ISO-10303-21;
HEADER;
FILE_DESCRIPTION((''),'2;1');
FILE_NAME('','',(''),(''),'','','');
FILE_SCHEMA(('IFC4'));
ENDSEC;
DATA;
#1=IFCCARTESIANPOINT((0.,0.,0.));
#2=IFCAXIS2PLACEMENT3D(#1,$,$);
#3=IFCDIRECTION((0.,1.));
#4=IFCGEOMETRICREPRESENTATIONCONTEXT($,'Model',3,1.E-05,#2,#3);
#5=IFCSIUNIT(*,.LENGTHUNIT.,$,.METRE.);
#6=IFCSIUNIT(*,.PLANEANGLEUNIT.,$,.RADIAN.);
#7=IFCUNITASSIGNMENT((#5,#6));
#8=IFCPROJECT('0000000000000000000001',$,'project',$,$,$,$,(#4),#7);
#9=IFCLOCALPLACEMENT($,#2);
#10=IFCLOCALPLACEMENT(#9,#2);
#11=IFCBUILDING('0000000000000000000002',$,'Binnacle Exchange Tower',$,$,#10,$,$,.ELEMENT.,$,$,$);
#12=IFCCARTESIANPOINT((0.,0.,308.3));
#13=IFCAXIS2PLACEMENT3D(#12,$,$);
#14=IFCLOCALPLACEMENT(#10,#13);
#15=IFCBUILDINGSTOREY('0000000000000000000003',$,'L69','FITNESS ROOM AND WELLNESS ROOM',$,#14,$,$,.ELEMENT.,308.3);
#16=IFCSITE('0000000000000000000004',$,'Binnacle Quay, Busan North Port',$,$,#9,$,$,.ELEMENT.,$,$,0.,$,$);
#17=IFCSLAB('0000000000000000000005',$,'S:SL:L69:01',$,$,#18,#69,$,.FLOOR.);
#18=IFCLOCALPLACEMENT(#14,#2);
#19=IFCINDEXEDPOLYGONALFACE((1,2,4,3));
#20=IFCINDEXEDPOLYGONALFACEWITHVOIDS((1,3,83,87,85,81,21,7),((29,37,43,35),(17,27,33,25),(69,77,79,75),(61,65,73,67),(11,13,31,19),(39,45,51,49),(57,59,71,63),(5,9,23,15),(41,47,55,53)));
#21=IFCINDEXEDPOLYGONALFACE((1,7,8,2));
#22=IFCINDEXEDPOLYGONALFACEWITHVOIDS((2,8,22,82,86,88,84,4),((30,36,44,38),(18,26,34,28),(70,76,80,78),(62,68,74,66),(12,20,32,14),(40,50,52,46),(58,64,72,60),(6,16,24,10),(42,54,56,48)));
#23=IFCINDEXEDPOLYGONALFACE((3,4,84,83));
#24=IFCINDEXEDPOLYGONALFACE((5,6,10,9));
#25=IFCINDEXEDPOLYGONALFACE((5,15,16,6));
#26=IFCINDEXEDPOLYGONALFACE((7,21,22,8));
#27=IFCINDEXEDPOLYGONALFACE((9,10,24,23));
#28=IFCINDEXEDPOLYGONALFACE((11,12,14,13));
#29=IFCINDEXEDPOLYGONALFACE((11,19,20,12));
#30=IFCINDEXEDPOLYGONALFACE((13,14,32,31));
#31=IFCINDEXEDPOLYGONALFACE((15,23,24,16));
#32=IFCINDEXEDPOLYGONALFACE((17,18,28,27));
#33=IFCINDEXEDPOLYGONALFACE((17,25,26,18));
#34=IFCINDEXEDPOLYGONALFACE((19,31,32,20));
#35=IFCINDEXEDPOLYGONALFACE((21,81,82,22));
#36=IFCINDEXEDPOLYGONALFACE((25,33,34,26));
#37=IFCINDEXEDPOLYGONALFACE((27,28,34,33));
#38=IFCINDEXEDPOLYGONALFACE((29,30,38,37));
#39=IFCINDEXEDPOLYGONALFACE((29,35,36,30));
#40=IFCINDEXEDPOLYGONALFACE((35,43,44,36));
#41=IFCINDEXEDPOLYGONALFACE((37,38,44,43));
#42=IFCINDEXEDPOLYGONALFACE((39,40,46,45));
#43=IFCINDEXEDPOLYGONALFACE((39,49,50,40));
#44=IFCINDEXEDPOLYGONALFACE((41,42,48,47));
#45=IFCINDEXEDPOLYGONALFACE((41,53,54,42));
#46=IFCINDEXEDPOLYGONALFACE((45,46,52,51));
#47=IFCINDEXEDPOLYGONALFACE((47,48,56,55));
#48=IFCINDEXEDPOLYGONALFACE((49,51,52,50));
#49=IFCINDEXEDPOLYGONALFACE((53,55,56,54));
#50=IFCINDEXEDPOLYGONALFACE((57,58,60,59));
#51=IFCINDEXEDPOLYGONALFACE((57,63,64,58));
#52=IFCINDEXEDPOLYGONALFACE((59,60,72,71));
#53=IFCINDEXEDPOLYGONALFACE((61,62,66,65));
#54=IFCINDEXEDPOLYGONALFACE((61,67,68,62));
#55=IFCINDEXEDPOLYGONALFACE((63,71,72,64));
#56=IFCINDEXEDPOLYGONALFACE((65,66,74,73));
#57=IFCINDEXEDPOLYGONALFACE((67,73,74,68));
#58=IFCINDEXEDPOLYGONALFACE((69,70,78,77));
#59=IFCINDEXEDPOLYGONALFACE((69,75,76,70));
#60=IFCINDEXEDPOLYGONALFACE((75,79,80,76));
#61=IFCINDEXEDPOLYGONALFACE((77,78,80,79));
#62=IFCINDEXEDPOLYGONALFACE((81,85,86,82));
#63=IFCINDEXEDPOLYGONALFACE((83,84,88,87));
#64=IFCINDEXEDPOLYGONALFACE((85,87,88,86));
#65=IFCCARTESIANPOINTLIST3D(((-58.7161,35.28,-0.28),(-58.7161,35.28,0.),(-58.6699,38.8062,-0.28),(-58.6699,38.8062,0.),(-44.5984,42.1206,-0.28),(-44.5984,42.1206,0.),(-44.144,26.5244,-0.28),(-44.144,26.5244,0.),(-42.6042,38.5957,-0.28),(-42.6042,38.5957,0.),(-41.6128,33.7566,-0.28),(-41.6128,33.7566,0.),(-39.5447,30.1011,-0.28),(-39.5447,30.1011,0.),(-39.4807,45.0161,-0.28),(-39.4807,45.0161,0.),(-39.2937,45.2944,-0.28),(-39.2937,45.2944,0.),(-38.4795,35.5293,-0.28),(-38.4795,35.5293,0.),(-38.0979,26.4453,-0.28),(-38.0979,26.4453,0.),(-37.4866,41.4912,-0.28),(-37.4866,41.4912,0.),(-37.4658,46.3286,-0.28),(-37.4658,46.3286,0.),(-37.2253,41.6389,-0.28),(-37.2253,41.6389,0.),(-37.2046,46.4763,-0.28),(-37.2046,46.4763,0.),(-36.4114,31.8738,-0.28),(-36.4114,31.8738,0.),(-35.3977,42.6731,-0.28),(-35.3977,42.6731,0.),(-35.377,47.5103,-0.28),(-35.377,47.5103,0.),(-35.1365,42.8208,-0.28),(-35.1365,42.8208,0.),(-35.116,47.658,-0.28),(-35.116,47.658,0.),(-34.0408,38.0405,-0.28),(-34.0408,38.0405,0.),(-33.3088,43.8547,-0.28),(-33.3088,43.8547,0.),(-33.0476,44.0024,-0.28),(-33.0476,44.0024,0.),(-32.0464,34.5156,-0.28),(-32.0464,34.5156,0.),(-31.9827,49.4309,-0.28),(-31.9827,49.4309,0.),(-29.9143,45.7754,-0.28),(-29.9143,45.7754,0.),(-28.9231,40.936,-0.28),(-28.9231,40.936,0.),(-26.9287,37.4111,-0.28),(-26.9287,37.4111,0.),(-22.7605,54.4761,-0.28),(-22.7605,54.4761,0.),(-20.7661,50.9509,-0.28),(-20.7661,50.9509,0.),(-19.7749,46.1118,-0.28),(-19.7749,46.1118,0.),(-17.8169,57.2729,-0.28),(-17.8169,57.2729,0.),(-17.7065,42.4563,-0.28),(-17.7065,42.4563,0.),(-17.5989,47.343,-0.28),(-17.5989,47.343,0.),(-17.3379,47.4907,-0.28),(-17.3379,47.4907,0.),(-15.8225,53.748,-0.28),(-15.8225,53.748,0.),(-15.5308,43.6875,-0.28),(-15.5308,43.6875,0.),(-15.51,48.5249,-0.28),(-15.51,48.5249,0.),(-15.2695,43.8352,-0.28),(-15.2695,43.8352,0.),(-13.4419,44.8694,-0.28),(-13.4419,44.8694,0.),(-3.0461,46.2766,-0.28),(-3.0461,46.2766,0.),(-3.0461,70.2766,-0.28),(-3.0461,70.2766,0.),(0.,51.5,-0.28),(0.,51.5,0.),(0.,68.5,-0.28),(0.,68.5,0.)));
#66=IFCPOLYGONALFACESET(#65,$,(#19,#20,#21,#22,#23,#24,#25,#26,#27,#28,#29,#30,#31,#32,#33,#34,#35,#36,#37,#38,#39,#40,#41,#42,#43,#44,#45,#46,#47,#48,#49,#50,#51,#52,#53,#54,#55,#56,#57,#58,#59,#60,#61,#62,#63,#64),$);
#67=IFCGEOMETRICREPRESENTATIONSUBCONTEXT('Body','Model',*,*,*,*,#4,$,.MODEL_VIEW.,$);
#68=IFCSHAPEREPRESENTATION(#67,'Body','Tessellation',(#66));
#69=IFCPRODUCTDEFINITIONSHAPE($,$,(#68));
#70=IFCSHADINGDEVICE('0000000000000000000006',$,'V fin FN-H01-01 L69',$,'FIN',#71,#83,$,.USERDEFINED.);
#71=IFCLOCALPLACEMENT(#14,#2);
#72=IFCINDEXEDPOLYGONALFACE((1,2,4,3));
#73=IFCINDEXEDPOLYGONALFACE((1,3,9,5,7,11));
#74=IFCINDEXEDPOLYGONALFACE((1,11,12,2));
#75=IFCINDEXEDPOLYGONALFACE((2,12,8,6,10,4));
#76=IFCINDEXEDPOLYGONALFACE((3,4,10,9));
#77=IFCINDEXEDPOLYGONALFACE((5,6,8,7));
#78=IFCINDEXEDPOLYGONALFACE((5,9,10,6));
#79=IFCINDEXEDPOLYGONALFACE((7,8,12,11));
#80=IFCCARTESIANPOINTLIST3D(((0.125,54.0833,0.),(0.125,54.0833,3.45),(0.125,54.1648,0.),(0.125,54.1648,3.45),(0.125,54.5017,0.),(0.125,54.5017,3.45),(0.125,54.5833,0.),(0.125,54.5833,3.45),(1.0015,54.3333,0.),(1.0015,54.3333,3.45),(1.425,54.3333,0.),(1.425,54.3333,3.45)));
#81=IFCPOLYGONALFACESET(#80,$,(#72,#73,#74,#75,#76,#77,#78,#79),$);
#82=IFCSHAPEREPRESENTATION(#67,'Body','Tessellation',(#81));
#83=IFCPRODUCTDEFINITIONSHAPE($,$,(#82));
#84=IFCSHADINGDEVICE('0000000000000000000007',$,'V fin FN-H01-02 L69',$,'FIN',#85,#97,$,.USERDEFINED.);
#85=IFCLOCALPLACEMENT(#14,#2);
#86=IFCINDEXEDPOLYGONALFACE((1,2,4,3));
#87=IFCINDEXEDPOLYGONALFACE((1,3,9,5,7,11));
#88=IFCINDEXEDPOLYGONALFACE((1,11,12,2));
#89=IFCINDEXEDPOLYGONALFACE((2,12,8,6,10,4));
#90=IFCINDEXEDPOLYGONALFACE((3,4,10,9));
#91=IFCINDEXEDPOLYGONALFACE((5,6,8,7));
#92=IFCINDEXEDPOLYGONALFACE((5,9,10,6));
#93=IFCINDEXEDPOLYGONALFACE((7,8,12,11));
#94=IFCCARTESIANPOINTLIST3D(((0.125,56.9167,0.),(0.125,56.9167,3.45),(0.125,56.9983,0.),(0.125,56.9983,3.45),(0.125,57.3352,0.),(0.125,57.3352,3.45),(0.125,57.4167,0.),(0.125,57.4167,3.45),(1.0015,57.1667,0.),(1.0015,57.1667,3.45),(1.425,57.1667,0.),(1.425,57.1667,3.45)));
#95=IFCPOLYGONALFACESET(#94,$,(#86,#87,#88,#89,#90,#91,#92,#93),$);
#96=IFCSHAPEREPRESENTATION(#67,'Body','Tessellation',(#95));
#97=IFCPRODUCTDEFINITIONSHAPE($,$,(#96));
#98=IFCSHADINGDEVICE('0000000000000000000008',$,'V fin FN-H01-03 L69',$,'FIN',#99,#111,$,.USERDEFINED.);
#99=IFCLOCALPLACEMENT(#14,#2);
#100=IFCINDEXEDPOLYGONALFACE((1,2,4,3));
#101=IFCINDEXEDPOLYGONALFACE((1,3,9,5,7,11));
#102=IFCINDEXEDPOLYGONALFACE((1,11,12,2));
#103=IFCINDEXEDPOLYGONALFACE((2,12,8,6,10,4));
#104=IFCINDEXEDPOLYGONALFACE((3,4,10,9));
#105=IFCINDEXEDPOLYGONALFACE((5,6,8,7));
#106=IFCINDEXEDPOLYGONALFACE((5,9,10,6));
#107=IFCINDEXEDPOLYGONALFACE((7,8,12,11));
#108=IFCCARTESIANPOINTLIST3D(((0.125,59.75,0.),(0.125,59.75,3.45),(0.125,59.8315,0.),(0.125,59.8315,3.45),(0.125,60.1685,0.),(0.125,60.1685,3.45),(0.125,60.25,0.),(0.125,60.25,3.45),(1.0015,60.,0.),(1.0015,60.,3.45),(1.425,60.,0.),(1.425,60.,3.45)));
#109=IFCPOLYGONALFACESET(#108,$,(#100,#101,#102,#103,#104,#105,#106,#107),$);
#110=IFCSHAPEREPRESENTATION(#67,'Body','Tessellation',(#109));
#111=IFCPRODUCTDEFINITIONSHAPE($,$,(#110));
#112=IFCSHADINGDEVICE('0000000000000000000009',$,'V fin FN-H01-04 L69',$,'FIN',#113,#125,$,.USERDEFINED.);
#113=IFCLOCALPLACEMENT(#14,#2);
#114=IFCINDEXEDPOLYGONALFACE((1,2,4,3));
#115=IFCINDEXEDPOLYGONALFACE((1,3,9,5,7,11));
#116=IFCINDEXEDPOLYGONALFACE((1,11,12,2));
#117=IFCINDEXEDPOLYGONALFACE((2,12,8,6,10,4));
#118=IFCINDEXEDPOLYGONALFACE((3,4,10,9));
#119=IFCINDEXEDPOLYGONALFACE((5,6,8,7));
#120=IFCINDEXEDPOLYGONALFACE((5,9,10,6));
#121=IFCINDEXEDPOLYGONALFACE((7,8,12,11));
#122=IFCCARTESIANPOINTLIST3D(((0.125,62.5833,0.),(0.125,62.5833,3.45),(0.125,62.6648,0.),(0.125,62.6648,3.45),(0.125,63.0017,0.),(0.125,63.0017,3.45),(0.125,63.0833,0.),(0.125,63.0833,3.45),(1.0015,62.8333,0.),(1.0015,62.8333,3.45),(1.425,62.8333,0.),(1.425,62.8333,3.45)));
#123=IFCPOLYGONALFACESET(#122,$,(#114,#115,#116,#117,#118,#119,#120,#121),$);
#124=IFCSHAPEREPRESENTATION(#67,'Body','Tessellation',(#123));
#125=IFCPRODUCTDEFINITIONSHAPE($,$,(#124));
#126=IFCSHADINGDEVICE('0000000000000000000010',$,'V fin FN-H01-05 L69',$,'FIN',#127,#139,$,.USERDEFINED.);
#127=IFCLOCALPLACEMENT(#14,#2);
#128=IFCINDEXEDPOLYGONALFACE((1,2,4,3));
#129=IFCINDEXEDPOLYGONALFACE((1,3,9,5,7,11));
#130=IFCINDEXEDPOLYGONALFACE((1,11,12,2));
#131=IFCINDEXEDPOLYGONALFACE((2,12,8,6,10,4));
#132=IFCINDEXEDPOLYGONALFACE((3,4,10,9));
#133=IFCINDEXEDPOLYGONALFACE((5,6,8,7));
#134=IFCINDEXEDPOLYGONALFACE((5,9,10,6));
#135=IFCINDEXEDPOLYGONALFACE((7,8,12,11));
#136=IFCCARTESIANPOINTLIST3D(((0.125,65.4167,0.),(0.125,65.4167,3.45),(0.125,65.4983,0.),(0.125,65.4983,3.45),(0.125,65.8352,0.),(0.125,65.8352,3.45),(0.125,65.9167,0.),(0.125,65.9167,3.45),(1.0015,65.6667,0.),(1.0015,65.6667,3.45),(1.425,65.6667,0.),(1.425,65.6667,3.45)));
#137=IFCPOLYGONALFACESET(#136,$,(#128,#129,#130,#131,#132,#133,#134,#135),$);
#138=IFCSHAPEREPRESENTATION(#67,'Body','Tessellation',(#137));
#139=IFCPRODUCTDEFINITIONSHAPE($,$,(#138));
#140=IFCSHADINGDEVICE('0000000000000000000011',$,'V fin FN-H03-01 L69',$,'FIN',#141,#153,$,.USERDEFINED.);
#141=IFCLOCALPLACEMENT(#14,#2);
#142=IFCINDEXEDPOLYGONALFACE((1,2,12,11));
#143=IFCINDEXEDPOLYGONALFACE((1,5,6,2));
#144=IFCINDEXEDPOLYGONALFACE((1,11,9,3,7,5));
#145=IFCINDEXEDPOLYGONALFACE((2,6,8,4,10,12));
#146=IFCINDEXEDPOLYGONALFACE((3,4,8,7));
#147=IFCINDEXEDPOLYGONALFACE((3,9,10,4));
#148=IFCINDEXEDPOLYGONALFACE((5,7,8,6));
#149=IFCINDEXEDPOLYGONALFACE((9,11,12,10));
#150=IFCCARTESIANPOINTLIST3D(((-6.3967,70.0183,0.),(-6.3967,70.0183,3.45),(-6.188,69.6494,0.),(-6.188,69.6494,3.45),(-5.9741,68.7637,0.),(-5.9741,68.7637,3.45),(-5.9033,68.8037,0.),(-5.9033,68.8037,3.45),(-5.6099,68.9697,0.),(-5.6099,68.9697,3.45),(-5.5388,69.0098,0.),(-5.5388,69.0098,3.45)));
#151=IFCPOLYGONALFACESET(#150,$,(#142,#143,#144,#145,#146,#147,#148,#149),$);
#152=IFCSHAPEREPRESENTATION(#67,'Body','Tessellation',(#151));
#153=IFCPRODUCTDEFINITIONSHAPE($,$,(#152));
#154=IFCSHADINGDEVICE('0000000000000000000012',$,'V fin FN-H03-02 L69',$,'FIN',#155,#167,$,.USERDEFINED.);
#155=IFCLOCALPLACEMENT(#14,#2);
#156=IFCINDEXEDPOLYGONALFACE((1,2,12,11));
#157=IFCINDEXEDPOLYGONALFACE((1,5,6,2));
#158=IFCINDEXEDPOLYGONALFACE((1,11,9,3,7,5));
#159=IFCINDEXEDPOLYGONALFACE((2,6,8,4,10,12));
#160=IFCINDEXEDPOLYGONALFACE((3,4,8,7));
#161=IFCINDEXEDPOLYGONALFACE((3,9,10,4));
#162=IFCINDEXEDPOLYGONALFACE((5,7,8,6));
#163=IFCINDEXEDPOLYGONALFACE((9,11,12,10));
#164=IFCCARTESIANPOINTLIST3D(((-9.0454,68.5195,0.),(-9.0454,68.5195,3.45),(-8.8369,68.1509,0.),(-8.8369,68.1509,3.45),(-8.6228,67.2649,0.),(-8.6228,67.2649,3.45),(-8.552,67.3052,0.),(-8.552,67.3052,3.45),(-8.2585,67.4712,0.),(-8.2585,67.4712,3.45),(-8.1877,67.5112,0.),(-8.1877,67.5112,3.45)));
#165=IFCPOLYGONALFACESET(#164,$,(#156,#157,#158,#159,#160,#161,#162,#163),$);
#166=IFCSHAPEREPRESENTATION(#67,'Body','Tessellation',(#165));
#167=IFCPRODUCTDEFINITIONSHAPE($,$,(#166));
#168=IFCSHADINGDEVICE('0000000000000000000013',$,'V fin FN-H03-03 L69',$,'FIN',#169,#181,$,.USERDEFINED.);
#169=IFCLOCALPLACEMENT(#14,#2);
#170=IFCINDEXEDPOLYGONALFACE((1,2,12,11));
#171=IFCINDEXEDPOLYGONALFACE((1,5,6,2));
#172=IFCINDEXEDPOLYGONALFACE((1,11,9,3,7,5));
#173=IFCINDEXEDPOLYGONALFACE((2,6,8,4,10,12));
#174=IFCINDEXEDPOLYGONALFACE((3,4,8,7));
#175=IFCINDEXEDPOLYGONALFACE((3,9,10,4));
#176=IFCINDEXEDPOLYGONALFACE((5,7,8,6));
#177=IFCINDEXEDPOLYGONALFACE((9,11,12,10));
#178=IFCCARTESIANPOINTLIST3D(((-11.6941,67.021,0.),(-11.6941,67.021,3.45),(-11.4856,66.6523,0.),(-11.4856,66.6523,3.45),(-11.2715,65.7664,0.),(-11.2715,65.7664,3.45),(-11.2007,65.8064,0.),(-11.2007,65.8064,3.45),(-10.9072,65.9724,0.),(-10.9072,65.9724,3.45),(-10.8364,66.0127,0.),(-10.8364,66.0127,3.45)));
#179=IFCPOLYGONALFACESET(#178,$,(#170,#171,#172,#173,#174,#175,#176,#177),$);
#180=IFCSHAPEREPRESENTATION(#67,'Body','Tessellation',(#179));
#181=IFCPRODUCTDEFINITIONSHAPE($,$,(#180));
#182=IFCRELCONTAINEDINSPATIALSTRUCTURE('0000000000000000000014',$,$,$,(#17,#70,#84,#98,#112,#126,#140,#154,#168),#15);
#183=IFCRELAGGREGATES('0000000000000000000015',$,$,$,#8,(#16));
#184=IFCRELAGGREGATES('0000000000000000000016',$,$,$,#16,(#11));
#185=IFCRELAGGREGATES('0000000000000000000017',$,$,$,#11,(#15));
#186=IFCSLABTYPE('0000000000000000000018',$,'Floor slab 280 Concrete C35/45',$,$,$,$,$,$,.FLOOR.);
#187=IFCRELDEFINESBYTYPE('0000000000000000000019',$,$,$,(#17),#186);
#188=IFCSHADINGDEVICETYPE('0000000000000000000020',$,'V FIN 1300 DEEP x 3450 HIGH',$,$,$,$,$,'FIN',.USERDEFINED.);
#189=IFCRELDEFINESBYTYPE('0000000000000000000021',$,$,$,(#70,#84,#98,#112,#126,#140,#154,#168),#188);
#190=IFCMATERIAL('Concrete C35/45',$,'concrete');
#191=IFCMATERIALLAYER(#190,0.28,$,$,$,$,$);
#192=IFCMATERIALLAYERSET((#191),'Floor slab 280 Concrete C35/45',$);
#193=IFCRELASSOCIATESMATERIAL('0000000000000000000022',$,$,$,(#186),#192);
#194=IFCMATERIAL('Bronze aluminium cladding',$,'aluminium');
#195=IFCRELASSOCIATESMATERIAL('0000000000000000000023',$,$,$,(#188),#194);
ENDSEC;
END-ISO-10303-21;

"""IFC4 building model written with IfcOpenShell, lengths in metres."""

from ifc_helpers import new_model, si_unit, direction, frame, origin, place, context, subcontext, project, spatial, polyline, outline, extrude, material, layer, layer_set, type_object, element, save


model = new_model("IFC4")

# Units and contexts
model_context = context("Model", 3, precision=1e-05, world=origin(), true_north=direction((0.0, 1.0)))
body_context = subcontext(model_context, "Body", "Model", "MODEL_VIEW")
ifc_project = project(units=[si_unit("LENGTHUNIT", "METRE"), si_unit("PLANEANGLEUNIT", "RADIAN")], contexts=[model_context])

# Site, building, storey
site_placement = place(None, origin())
site = spatial("IfcSite", under=ifc_project, at=site_placement, Name="Binnacle Quay, Busan North Port", CompositionType="ELEMENT", RefElevation=0.0)
building_placement = place(site_placement, origin())
building = spatial("IfcBuilding", under=site, at=building_placement, Name="Binnacle Exchange Tower", CompositionType="ELEMENT")
storey_placement = place(building_placement, frame((0.0, 0.0, 308.3)))
storey = spatial("IfcBuildingStorey", under=building, at=storey_placement, Name="L69", Description="FITNESS ROOM AND WELLNESS ROOM", CompositionType="ELEMENT", Elevation=308.3)

# Slab
ifc_material_1 = material(Name="Concrete C35/45", Category="concrete")
ifc_layer = layer(ifc_material_1, 0.28)
ifc_layer_set = layer_set([ifc_layer], Name="Floor slab 280 Concrete C35/45")
slab_type = type_object("IfcSlabType", Name="Floor slab 280 Concrete C35/45", PredefinedType="FLOOR", material=ifc_layer_set)
slab_placement = place(storey_placement, frame((0.0, 0.0, -0.28)))
element("IfcSlab", 1, at=slab_placement, inside=storey, type_object=slab_type, Name="S:SL:L69:01", PredefinedType="FLOOR", context=body_context, shape_type="SweptSolid", body=[
    extrude(outline(polyline([(-38.0979, 26.4453), (-44.144, 26.5244), (-58.7161, 35.28), (-58.6699, 38.8062), (-3.0461, 70.2766), (0.0, 68.5), (0.0, 51.5), (-3.0461, 46.2766), (-38.0979, 26.4453)]), holes=[polyline([(-38.4795, 35.5293), (-41.6128, 33.7566), (-39.5447, 30.1011), (-36.4114, 31.8738), (-38.4795, 35.5293)]), polyline([(-32.0464, 34.5156), (-26.9287, 37.4111), (-28.9231, 40.936), (-34.0408, 38.0405), (-32.0464, 34.5156)]), polyline([(-39.4807, 45.0161), (-44.5984, 42.1206), (-42.6042, 38.5957), (-37.4866, 41.4912), (-39.4807, 45.0161)]), polyline([(-37.4658, 46.3286), (-39.2937, 45.2944), (-37.2253, 41.6389), (-35.3977, 42.6731), (-37.4658, 46.3286)]), polyline([(-17.5989, 47.343), (-19.7749, 46.1118), (-17.7065, 42.4563), (-15.5308, 43.6875), (-17.5989, 47.343)]), polyline([(-35.377, 47.5103), (-37.2046, 46.4763), (-35.1365, 42.8208), (-33.3088, 43.8547), (-35.377, 47.5103)]), polyline([(-15.51, 48.5249), (-17.3379, 47.4907), (-15.2695, 43.8352), (-13.4419, 44.8694), (-15.51, 48.5249)]), polyline([(-29.9143, 45.7754), (-31.9827, 49.4309), (-35.116, 47.658), (-33.0476, 44.0024), (-29.9143, 45.7754)]), polyline([(-15.8225, 53.748), (-17.8169, 57.2729), (-22.7605, 54.4761), (-20.7661, 50.9509), (-15.8225, 53.748)])]), origin(), (0.0, 0.0, 1.0), 0.28),
])

# Shading devices
ifc_material_2 = material(Name="Bronze aluminium cladding", Category="aluminium")
shading_device_type = type_object("IfcShadingDeviceType", Name="V FIN 1300 DEEP x 3450 HIGH", ElementType="FIN", PredefinedType="USERDEFINED", material=ifc_material_2)
shading_device_1_placement = place(storey_placement, origin())
element("IfcShadingDevice", 2, at=shading_device_1_placement, inside=storey, type_object=shading_device_type, Name="V fin FN-H01-01 L69", ObjectType="FIN", PredefinedType="USERDEFINED", context=body_context, shape_type="SweptSolid", body=[
    extrude(outline(polyline([(0.125, 54.0833), (1.425, 54.3333), (0.125, 54.5833), (0.125, 54.5017), (1.0015, 54.3333), (0.125, 54.1648), (0.125, 54.0833)])), origin(), (0.0, 0.0, 1.0), 3.45),
])
shading_device_2_placement = place(storey_placement, origin())
element("IfcShadingDevice", 3, at=shading_device_2_placement, inside=storey, type_object=shading_device_type, Name="V fin FN-H01-02 L69", ObjectType="FIN", PredefinedType="USERDEFINED", context=body_context, shape_type="SweptSolid", body=[
    extrude(outline(polyline([(0.125, 56.9167), (1.425, 57.1667), (0.125, 57.4167), (0.125, 57.3352), (1.0015, 57.1667), (0.125, 56.9983), (0.125, 56.9167)])), origin(), (0.0, 0.0, 1.0), 3.45),
])
shading_device_3_placement = place(storey_placement, origin())
element("IfcShadingDevice", 4, at=shading_device_3_placement, inside=storey, type_object=shading_device_type, Name="V fin FN-H01-03 L69", ObjectType="FIN", PredefinedType="USERDEFINED", context=body_context, shape_type="SweptSolid", body=[
    extrude(outline(polyline([(0.125, 59.75), (1.425, 60.0), (0.125, 60.25), (0.125, 60.1685), (1.0015, 60.0), (0.125, 59.8315), (0.125, 59.75)])), origin(), (0.0, 0.0, 1.0), 3.45),
])
shading_device_4_placement = place(storey_placement, origin())
element("IfcShadingDevice", 5, at=shading_device_4_placement, inside=storey, type_object=shading_device_type, Name="V fin FN-H01-04 L69", ObjectType="FIN", PredefinedType="USERDEFINED", context=body_context, shape_type="SweptSolid", body=[
    extrude(outline(polyline([(0.125, 62.5833), (1.425, 62.8333), (0.125, 63.0833), (0.125, 63.0017), (1.0015, 62.8333), (0.125, 62.6648), (0.125, 62.5833)])), origin(), (0.0, 0.0, 1.0), 3.45),
])
shading_device_5_placement = place(storey_placement, origin())
element("IfcShadingDevice", 6, at=shading_device_5_placement, inside=storey, type_object=shading_device_type, Name="V fin FN-H01-05 L69", ObjectType="FIN", PredefinedType="USERDEFINED", context=body_context, shape_type="SweptSolid", body=[
    extrude(outline(polyline([(0.125, 65.4167), (1.425, 65.6667), (0.125, 65.9167), (0.125, 65.8352), (1.0015, 65.6667), (0.125, 65.4983), (0.125, 65.4167)])), origin(), (0.0, 0.0, 1.0), 3.45),
])
shading_device_6_placement = place(storey_placement, origin())
element("IfcShadingDevice", 7, at=shading_device_6_placement, inside=storey, type_object=shading_device_type, Name="V fin FN-H03-01 L69", ObjectType="FIN", PredefinedType="USERDEFINED", context=body_context, shape_type="SweptSolid", body=[
    extrude(outline(polyline([(-5.5388, 69.0098), (-6.3967, 70.0183), (-5.9741, 68.7637), (-5.9033, 68.8037), (-6.188, 69.6494), (-5.6099, 68.9697), (-5.5388, 69.0098)])), origin(), (0.0, 0.0, 1.0), 3.45),
])
shading_device_7_placement = place(storey_placement, origin())
element("IfcShadingDevice", 8, at=shading_device_7_placement, inside=storey, type_object=shading_device_type, Name="V fin FN-H03-02 L69", ObjectType="FIN", PredefinedType="USERDEFINED", context=body_context, shape_type="SweptSolid", body=[
    extrude(outline(polyline([(-8.1877, 67.5112), (-9.0454, 68.5195), (-8.6228, 67.2649), (-8.552, 67.3052), (-8.8369, 68.1509), (-8.2585, 67.4712), (-8.1877, 67.5112)])), origin(), (0.0, 0.0, 1.0), 3.45),
])
shading_device_8_placement = place(storey_placement, origin())
element("IfcShadingDevice", 9, at=shading_device_8_placement, inside=storey, type_object=shading_device_type, Name="V fin FN-H03-03 L69", ObjectType="FIN", PredefinedType="USERDEFINED", context=body_context, shape_type="SweptSolid", body=[
    extrude(outline(polyline([(-10.8364, 66.0127), (-11.6941, 67.021), (-11.2715, 65.7664), (-11.2007, 65.8064), (-11.4856, 66.6523), (-10.9072, 65.9724), (-10.8364, 66.0127)])), origin(), (0.0, 0.0, 1.0), 3.45),
])

save(model, "model.ifc")
